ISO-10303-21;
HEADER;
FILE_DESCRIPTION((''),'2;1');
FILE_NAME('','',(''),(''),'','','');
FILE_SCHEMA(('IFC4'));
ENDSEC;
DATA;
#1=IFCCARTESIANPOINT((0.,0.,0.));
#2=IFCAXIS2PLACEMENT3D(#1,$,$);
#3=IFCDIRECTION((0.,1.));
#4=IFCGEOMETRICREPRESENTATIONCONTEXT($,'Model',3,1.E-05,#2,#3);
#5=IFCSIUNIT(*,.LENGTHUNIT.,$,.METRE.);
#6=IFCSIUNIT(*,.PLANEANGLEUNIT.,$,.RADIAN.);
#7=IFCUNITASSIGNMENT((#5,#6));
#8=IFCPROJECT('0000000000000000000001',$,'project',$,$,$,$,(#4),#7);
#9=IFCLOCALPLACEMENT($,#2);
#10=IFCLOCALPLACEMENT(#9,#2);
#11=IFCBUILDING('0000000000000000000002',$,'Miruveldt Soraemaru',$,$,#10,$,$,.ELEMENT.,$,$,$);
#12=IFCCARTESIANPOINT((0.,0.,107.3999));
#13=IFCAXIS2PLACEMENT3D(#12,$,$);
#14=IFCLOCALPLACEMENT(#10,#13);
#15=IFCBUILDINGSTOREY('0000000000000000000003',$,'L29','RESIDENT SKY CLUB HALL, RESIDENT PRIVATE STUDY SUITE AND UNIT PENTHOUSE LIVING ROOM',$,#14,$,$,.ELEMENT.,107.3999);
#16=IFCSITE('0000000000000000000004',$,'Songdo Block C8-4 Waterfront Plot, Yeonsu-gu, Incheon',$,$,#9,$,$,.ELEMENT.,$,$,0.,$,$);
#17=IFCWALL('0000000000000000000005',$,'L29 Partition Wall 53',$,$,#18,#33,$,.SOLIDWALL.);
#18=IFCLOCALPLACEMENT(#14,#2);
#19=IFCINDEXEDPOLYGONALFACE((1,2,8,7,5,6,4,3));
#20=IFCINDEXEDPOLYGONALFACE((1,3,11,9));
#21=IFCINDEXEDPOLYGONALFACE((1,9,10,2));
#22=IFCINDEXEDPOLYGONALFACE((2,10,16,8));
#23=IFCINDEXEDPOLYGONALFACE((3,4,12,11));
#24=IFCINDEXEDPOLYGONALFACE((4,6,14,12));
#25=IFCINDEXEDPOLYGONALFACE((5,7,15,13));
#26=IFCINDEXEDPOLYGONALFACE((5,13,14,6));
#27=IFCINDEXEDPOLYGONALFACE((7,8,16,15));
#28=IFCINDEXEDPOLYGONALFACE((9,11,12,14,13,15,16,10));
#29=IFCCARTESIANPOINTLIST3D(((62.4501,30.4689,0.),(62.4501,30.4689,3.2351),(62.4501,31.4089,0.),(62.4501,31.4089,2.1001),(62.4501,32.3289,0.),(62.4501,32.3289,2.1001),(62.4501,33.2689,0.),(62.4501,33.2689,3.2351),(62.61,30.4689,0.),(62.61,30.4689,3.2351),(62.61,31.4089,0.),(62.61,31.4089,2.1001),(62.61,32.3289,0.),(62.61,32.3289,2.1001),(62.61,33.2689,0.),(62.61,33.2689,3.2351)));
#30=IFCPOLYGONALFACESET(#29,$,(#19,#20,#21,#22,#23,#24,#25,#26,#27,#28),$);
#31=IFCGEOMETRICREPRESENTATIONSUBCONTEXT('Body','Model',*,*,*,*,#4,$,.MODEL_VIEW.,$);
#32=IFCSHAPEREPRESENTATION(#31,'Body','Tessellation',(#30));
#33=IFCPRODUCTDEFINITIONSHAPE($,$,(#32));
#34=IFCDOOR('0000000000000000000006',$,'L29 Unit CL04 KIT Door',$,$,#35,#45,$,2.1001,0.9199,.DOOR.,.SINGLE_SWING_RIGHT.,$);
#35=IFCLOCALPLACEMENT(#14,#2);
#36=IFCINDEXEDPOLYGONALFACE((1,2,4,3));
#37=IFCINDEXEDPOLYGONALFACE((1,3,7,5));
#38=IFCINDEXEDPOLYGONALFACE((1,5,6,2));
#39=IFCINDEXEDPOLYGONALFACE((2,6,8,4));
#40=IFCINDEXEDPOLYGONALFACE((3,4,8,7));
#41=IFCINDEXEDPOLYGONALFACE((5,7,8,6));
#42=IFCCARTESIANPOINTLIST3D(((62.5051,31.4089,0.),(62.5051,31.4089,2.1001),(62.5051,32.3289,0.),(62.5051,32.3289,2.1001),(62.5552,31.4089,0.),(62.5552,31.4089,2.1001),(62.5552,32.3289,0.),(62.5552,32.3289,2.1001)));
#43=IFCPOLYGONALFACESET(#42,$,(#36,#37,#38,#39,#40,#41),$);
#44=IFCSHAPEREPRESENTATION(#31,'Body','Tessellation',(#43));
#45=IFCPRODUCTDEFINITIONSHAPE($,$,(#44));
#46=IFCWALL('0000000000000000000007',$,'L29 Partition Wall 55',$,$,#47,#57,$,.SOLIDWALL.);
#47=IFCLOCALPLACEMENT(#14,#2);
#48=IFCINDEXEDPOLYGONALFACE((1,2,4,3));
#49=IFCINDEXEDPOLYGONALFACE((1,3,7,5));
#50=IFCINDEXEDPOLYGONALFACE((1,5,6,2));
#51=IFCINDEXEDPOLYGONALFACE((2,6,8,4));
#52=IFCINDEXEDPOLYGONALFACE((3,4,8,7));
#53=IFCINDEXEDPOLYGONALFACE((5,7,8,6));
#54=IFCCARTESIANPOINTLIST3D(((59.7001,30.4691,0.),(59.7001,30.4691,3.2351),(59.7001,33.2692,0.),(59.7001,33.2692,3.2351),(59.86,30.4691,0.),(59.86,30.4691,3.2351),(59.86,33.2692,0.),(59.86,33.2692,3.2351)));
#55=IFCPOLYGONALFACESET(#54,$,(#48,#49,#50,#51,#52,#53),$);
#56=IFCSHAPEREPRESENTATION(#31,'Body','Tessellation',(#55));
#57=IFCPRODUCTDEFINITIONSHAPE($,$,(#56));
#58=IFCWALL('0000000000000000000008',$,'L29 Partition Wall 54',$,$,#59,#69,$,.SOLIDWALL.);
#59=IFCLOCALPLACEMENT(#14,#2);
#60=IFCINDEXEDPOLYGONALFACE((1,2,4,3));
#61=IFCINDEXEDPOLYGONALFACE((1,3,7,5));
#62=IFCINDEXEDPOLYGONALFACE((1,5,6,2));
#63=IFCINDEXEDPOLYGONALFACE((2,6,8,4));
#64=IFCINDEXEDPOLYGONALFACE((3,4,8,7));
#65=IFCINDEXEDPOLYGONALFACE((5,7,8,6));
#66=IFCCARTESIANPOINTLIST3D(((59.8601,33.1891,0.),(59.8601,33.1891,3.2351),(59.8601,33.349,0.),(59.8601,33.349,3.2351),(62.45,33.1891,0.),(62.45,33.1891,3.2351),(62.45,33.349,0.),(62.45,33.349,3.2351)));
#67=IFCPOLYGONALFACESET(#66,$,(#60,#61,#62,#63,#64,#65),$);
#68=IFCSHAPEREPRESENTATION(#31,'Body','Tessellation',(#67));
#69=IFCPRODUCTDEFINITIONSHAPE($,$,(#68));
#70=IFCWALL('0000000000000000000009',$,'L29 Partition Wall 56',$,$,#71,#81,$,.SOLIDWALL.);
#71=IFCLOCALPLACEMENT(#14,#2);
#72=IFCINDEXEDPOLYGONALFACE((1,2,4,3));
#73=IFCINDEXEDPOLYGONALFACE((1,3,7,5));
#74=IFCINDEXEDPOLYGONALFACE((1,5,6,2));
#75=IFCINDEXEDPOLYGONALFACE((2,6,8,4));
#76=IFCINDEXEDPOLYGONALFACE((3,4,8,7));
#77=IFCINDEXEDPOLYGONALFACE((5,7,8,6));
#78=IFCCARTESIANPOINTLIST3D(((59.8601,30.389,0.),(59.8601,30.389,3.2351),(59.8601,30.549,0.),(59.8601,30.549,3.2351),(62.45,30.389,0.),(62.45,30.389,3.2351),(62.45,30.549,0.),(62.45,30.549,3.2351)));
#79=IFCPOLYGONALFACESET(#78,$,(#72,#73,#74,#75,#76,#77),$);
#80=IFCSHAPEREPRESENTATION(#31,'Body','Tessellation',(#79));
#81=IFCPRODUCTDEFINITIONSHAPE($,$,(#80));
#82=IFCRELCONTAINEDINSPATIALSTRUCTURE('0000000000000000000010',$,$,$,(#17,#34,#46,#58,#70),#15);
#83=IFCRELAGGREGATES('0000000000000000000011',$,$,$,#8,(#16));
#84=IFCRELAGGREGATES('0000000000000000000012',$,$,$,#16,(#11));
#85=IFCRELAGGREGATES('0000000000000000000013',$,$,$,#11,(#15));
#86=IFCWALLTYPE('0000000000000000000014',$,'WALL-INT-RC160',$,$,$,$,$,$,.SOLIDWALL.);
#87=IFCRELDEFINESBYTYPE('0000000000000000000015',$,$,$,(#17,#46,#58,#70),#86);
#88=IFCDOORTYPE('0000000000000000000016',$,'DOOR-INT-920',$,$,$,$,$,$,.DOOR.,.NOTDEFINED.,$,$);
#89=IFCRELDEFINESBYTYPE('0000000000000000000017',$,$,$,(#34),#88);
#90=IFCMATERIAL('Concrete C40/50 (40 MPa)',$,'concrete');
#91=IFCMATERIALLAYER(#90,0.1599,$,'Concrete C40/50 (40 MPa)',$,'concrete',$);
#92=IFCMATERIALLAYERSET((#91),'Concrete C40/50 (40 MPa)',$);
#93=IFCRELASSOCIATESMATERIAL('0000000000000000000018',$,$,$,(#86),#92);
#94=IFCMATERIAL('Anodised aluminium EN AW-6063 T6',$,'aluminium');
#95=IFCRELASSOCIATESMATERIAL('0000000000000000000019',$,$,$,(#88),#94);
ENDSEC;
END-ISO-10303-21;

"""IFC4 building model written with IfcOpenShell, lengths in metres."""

from ifc_helpers import new_model, si_unit, direction, frame, frame_2d, origin, place, context, subcontext, project, spatial, rectangle, extrude, material, layer, layer_set, type_object, element, fill, save


model = new_model("IFC4")

# Units and contexts
model_context = context("Model", 3, precision=1e-05, world=origin(), true_north=direction((0.0, 1.0)))
body_context = subcontext(model_context, "Body", "Model", "MODEL_VIEW")
ifc_project = project(units=[si_unit("LENGTHUNIT", "METRE"), si_unit("PLANEANGLEUNIT", "RADIAN")], contexts=[model_context])

# Site, building, storey
site_placement = place(None, origin())
site = spatial("IfcSite", under=ifc_project, at=site_placement, Name="Songdo Block C8-4 Waterfront Plot, Yeonsu-gu, Incheon", CompositionType="ELEMENT", RefElevation=0.0)
building_placement = place(site_placement, origin())
building = spatial("IfcBuilding", under=site, at=building_placement, Name="Miruveldt Soraemaru", CompositionType="ELEMENT")
storey_placement = place(building_placement, frame((0.0, 0.0, 107.3999)))
storey = spatial("IfcBuildingStorey", under=building, at=storey_placement, Name="L29", Description="RESIDENT SKY CLUB HALL, RESIDENT PRIVATE STUDY SUITE AND UNIT PENTHOUSE LIVING ROOM", CompositionType="ELEMENT", Elevation=107.3999)

# Wall, opening, door
ifc_material_1 = material(Name="Concrete C40/50 (40 MPa)", Category="concrete")
ifc_layer_1 = layer(ifc_material_1, 0.1599, Name="Concrete C40/50 (40 MPa)", Category="concrete")
ifc_layer_set_1 = layer_set([ifc_layer_1], Name="Concrete C40/50 (40 MPa)")
wall_type_1 = type_object("IfcWallType", Name="WALL-INT-RC160", PredefinedType="SOLIDWALL", material=ifc_layer_set_1)
wall_1_placement = place(storey_placement, frame((62.53, 30.469, 0.0), z_axis=(0.0, 0.0, 1.0), x_axis=(0.0, 1.0, 0.0)))
wall_1 = element("IfcWall", 1, at=wall_1_placement, inside=storey, type_object=wall_type_1, Name="L29 Partition Wall 53", PredefinedType="SOLIDWALL", context=body_context, shape_type="SweptSolid", body=[
    extrude(rectangle(XDim=2.8, YDim=0.1599, at=frame_2d((1.3999, 0.0))), origin(), (0.0, 0.0, 1.0), 3.2351),
])
opening_1_placement = place(wall_1_placement, frame((0.9399, 0.0, 0.0)))
opening_1 = element("IfcOpeningElement", 2, at=opening_1_placement, cuts=wall_1, PredefinedType="OPENING", context=body_context, shape_type="SweptSolid", body=[
    extrude(rectangle(XDim=0.9199, YDim=2.1001, at=frame_2d((0.46, 1.05))), frame((0.0, 0.0898, 0.0), z_axis=(0.0, -1.0, 0.0), x_axis=(1.0, 0.0, 0.0)), (0.0, 0.0, 1.0), 0.1799),
])
ifc_material_2 = material(Name="Anodised aluminium EN AW-6063 T6", Category="aluminium")
door_type = type_object("IfcDoorType", Name="DOOR-INT-920", OperationType="NOTDEFINED", PredefinedType="DOOR", material=ifc_material_2)
door_placement = place(opening_1_placement, origin())
door = element("IfcDoor", 3, at=door_placement, inside=storey, type_object=door_type, Name="L29 Unit CL04 KIT Door", OperationType="SINGLE_SWING_RIGHT", OverallHeight=2.1001, OverallWidth=0.9199, PredefinedType="DOOR", context=body_context, shape_type="SweptSolid", body=[
    extrude(rectangle(XDim=0.9199, YDim=2.1001, at=frame_2d((0.46, 1.05))), frame((0.0, 0.0249, 0.0), z_axis=(0.0, -1.0, 0.0), x_axis=(1.0, 0.0, 0.0)), (0.0, 0.0, 1.0), 0.05),
])
fill(opening_1, door)

# Walls
wall_2_placement = place(storey_placement, frame((59.78, 33.269, 0.0), z_axis=(0.0, 0.0, 1.0), x_axis=(0.0, -1.0, 0.0)))
element("IfcWall", 4, at=wall_2_placement, inside=storey, type_object=wall_type_1, Name="L29 Partition Wall 55", PredefinedType="SOLIDWALL", context=body_context, shape_type="SweptSolid", body=[
    extrude(rectangle(XDim=2.8, YDim=0.1599, at=frame_2d((1.3999, 0.0))), origin(), (0.0, 0.0, 1.0), 3.2351),
])
for number, where, z_axis, x_axis, name in (
    (5, (62.45, 33.269, 0.0), (0.0, 0.0, 1.0), (-1.0, 0.0, 0.0), "L29 Partition Wall 54"),
    (6, (59.8601, 30.469, 0.0), (0.0, 0.0, 1.0), (1.0, 0.0, 0.0), "L29 Partition Wall 56"),
):
    element("IfcWall", number, at=place(storey_placement, frame(where, z_axis=z_axis, x_axis=x_axis)), inside=storey, type_object=wall_type_1, Name=name, PredefinedType="SOLIDWALL", context=body_context, shape_type="SweptSolid", body=[
        extrude(rectangle(XDim=2.5898, YDim=0.1599, at=frame_2d((1.2949, 0.0))), origin(), (0.0, 0.0, 1.0), 3.2351),
    ])

save(model, "model.ifc")
